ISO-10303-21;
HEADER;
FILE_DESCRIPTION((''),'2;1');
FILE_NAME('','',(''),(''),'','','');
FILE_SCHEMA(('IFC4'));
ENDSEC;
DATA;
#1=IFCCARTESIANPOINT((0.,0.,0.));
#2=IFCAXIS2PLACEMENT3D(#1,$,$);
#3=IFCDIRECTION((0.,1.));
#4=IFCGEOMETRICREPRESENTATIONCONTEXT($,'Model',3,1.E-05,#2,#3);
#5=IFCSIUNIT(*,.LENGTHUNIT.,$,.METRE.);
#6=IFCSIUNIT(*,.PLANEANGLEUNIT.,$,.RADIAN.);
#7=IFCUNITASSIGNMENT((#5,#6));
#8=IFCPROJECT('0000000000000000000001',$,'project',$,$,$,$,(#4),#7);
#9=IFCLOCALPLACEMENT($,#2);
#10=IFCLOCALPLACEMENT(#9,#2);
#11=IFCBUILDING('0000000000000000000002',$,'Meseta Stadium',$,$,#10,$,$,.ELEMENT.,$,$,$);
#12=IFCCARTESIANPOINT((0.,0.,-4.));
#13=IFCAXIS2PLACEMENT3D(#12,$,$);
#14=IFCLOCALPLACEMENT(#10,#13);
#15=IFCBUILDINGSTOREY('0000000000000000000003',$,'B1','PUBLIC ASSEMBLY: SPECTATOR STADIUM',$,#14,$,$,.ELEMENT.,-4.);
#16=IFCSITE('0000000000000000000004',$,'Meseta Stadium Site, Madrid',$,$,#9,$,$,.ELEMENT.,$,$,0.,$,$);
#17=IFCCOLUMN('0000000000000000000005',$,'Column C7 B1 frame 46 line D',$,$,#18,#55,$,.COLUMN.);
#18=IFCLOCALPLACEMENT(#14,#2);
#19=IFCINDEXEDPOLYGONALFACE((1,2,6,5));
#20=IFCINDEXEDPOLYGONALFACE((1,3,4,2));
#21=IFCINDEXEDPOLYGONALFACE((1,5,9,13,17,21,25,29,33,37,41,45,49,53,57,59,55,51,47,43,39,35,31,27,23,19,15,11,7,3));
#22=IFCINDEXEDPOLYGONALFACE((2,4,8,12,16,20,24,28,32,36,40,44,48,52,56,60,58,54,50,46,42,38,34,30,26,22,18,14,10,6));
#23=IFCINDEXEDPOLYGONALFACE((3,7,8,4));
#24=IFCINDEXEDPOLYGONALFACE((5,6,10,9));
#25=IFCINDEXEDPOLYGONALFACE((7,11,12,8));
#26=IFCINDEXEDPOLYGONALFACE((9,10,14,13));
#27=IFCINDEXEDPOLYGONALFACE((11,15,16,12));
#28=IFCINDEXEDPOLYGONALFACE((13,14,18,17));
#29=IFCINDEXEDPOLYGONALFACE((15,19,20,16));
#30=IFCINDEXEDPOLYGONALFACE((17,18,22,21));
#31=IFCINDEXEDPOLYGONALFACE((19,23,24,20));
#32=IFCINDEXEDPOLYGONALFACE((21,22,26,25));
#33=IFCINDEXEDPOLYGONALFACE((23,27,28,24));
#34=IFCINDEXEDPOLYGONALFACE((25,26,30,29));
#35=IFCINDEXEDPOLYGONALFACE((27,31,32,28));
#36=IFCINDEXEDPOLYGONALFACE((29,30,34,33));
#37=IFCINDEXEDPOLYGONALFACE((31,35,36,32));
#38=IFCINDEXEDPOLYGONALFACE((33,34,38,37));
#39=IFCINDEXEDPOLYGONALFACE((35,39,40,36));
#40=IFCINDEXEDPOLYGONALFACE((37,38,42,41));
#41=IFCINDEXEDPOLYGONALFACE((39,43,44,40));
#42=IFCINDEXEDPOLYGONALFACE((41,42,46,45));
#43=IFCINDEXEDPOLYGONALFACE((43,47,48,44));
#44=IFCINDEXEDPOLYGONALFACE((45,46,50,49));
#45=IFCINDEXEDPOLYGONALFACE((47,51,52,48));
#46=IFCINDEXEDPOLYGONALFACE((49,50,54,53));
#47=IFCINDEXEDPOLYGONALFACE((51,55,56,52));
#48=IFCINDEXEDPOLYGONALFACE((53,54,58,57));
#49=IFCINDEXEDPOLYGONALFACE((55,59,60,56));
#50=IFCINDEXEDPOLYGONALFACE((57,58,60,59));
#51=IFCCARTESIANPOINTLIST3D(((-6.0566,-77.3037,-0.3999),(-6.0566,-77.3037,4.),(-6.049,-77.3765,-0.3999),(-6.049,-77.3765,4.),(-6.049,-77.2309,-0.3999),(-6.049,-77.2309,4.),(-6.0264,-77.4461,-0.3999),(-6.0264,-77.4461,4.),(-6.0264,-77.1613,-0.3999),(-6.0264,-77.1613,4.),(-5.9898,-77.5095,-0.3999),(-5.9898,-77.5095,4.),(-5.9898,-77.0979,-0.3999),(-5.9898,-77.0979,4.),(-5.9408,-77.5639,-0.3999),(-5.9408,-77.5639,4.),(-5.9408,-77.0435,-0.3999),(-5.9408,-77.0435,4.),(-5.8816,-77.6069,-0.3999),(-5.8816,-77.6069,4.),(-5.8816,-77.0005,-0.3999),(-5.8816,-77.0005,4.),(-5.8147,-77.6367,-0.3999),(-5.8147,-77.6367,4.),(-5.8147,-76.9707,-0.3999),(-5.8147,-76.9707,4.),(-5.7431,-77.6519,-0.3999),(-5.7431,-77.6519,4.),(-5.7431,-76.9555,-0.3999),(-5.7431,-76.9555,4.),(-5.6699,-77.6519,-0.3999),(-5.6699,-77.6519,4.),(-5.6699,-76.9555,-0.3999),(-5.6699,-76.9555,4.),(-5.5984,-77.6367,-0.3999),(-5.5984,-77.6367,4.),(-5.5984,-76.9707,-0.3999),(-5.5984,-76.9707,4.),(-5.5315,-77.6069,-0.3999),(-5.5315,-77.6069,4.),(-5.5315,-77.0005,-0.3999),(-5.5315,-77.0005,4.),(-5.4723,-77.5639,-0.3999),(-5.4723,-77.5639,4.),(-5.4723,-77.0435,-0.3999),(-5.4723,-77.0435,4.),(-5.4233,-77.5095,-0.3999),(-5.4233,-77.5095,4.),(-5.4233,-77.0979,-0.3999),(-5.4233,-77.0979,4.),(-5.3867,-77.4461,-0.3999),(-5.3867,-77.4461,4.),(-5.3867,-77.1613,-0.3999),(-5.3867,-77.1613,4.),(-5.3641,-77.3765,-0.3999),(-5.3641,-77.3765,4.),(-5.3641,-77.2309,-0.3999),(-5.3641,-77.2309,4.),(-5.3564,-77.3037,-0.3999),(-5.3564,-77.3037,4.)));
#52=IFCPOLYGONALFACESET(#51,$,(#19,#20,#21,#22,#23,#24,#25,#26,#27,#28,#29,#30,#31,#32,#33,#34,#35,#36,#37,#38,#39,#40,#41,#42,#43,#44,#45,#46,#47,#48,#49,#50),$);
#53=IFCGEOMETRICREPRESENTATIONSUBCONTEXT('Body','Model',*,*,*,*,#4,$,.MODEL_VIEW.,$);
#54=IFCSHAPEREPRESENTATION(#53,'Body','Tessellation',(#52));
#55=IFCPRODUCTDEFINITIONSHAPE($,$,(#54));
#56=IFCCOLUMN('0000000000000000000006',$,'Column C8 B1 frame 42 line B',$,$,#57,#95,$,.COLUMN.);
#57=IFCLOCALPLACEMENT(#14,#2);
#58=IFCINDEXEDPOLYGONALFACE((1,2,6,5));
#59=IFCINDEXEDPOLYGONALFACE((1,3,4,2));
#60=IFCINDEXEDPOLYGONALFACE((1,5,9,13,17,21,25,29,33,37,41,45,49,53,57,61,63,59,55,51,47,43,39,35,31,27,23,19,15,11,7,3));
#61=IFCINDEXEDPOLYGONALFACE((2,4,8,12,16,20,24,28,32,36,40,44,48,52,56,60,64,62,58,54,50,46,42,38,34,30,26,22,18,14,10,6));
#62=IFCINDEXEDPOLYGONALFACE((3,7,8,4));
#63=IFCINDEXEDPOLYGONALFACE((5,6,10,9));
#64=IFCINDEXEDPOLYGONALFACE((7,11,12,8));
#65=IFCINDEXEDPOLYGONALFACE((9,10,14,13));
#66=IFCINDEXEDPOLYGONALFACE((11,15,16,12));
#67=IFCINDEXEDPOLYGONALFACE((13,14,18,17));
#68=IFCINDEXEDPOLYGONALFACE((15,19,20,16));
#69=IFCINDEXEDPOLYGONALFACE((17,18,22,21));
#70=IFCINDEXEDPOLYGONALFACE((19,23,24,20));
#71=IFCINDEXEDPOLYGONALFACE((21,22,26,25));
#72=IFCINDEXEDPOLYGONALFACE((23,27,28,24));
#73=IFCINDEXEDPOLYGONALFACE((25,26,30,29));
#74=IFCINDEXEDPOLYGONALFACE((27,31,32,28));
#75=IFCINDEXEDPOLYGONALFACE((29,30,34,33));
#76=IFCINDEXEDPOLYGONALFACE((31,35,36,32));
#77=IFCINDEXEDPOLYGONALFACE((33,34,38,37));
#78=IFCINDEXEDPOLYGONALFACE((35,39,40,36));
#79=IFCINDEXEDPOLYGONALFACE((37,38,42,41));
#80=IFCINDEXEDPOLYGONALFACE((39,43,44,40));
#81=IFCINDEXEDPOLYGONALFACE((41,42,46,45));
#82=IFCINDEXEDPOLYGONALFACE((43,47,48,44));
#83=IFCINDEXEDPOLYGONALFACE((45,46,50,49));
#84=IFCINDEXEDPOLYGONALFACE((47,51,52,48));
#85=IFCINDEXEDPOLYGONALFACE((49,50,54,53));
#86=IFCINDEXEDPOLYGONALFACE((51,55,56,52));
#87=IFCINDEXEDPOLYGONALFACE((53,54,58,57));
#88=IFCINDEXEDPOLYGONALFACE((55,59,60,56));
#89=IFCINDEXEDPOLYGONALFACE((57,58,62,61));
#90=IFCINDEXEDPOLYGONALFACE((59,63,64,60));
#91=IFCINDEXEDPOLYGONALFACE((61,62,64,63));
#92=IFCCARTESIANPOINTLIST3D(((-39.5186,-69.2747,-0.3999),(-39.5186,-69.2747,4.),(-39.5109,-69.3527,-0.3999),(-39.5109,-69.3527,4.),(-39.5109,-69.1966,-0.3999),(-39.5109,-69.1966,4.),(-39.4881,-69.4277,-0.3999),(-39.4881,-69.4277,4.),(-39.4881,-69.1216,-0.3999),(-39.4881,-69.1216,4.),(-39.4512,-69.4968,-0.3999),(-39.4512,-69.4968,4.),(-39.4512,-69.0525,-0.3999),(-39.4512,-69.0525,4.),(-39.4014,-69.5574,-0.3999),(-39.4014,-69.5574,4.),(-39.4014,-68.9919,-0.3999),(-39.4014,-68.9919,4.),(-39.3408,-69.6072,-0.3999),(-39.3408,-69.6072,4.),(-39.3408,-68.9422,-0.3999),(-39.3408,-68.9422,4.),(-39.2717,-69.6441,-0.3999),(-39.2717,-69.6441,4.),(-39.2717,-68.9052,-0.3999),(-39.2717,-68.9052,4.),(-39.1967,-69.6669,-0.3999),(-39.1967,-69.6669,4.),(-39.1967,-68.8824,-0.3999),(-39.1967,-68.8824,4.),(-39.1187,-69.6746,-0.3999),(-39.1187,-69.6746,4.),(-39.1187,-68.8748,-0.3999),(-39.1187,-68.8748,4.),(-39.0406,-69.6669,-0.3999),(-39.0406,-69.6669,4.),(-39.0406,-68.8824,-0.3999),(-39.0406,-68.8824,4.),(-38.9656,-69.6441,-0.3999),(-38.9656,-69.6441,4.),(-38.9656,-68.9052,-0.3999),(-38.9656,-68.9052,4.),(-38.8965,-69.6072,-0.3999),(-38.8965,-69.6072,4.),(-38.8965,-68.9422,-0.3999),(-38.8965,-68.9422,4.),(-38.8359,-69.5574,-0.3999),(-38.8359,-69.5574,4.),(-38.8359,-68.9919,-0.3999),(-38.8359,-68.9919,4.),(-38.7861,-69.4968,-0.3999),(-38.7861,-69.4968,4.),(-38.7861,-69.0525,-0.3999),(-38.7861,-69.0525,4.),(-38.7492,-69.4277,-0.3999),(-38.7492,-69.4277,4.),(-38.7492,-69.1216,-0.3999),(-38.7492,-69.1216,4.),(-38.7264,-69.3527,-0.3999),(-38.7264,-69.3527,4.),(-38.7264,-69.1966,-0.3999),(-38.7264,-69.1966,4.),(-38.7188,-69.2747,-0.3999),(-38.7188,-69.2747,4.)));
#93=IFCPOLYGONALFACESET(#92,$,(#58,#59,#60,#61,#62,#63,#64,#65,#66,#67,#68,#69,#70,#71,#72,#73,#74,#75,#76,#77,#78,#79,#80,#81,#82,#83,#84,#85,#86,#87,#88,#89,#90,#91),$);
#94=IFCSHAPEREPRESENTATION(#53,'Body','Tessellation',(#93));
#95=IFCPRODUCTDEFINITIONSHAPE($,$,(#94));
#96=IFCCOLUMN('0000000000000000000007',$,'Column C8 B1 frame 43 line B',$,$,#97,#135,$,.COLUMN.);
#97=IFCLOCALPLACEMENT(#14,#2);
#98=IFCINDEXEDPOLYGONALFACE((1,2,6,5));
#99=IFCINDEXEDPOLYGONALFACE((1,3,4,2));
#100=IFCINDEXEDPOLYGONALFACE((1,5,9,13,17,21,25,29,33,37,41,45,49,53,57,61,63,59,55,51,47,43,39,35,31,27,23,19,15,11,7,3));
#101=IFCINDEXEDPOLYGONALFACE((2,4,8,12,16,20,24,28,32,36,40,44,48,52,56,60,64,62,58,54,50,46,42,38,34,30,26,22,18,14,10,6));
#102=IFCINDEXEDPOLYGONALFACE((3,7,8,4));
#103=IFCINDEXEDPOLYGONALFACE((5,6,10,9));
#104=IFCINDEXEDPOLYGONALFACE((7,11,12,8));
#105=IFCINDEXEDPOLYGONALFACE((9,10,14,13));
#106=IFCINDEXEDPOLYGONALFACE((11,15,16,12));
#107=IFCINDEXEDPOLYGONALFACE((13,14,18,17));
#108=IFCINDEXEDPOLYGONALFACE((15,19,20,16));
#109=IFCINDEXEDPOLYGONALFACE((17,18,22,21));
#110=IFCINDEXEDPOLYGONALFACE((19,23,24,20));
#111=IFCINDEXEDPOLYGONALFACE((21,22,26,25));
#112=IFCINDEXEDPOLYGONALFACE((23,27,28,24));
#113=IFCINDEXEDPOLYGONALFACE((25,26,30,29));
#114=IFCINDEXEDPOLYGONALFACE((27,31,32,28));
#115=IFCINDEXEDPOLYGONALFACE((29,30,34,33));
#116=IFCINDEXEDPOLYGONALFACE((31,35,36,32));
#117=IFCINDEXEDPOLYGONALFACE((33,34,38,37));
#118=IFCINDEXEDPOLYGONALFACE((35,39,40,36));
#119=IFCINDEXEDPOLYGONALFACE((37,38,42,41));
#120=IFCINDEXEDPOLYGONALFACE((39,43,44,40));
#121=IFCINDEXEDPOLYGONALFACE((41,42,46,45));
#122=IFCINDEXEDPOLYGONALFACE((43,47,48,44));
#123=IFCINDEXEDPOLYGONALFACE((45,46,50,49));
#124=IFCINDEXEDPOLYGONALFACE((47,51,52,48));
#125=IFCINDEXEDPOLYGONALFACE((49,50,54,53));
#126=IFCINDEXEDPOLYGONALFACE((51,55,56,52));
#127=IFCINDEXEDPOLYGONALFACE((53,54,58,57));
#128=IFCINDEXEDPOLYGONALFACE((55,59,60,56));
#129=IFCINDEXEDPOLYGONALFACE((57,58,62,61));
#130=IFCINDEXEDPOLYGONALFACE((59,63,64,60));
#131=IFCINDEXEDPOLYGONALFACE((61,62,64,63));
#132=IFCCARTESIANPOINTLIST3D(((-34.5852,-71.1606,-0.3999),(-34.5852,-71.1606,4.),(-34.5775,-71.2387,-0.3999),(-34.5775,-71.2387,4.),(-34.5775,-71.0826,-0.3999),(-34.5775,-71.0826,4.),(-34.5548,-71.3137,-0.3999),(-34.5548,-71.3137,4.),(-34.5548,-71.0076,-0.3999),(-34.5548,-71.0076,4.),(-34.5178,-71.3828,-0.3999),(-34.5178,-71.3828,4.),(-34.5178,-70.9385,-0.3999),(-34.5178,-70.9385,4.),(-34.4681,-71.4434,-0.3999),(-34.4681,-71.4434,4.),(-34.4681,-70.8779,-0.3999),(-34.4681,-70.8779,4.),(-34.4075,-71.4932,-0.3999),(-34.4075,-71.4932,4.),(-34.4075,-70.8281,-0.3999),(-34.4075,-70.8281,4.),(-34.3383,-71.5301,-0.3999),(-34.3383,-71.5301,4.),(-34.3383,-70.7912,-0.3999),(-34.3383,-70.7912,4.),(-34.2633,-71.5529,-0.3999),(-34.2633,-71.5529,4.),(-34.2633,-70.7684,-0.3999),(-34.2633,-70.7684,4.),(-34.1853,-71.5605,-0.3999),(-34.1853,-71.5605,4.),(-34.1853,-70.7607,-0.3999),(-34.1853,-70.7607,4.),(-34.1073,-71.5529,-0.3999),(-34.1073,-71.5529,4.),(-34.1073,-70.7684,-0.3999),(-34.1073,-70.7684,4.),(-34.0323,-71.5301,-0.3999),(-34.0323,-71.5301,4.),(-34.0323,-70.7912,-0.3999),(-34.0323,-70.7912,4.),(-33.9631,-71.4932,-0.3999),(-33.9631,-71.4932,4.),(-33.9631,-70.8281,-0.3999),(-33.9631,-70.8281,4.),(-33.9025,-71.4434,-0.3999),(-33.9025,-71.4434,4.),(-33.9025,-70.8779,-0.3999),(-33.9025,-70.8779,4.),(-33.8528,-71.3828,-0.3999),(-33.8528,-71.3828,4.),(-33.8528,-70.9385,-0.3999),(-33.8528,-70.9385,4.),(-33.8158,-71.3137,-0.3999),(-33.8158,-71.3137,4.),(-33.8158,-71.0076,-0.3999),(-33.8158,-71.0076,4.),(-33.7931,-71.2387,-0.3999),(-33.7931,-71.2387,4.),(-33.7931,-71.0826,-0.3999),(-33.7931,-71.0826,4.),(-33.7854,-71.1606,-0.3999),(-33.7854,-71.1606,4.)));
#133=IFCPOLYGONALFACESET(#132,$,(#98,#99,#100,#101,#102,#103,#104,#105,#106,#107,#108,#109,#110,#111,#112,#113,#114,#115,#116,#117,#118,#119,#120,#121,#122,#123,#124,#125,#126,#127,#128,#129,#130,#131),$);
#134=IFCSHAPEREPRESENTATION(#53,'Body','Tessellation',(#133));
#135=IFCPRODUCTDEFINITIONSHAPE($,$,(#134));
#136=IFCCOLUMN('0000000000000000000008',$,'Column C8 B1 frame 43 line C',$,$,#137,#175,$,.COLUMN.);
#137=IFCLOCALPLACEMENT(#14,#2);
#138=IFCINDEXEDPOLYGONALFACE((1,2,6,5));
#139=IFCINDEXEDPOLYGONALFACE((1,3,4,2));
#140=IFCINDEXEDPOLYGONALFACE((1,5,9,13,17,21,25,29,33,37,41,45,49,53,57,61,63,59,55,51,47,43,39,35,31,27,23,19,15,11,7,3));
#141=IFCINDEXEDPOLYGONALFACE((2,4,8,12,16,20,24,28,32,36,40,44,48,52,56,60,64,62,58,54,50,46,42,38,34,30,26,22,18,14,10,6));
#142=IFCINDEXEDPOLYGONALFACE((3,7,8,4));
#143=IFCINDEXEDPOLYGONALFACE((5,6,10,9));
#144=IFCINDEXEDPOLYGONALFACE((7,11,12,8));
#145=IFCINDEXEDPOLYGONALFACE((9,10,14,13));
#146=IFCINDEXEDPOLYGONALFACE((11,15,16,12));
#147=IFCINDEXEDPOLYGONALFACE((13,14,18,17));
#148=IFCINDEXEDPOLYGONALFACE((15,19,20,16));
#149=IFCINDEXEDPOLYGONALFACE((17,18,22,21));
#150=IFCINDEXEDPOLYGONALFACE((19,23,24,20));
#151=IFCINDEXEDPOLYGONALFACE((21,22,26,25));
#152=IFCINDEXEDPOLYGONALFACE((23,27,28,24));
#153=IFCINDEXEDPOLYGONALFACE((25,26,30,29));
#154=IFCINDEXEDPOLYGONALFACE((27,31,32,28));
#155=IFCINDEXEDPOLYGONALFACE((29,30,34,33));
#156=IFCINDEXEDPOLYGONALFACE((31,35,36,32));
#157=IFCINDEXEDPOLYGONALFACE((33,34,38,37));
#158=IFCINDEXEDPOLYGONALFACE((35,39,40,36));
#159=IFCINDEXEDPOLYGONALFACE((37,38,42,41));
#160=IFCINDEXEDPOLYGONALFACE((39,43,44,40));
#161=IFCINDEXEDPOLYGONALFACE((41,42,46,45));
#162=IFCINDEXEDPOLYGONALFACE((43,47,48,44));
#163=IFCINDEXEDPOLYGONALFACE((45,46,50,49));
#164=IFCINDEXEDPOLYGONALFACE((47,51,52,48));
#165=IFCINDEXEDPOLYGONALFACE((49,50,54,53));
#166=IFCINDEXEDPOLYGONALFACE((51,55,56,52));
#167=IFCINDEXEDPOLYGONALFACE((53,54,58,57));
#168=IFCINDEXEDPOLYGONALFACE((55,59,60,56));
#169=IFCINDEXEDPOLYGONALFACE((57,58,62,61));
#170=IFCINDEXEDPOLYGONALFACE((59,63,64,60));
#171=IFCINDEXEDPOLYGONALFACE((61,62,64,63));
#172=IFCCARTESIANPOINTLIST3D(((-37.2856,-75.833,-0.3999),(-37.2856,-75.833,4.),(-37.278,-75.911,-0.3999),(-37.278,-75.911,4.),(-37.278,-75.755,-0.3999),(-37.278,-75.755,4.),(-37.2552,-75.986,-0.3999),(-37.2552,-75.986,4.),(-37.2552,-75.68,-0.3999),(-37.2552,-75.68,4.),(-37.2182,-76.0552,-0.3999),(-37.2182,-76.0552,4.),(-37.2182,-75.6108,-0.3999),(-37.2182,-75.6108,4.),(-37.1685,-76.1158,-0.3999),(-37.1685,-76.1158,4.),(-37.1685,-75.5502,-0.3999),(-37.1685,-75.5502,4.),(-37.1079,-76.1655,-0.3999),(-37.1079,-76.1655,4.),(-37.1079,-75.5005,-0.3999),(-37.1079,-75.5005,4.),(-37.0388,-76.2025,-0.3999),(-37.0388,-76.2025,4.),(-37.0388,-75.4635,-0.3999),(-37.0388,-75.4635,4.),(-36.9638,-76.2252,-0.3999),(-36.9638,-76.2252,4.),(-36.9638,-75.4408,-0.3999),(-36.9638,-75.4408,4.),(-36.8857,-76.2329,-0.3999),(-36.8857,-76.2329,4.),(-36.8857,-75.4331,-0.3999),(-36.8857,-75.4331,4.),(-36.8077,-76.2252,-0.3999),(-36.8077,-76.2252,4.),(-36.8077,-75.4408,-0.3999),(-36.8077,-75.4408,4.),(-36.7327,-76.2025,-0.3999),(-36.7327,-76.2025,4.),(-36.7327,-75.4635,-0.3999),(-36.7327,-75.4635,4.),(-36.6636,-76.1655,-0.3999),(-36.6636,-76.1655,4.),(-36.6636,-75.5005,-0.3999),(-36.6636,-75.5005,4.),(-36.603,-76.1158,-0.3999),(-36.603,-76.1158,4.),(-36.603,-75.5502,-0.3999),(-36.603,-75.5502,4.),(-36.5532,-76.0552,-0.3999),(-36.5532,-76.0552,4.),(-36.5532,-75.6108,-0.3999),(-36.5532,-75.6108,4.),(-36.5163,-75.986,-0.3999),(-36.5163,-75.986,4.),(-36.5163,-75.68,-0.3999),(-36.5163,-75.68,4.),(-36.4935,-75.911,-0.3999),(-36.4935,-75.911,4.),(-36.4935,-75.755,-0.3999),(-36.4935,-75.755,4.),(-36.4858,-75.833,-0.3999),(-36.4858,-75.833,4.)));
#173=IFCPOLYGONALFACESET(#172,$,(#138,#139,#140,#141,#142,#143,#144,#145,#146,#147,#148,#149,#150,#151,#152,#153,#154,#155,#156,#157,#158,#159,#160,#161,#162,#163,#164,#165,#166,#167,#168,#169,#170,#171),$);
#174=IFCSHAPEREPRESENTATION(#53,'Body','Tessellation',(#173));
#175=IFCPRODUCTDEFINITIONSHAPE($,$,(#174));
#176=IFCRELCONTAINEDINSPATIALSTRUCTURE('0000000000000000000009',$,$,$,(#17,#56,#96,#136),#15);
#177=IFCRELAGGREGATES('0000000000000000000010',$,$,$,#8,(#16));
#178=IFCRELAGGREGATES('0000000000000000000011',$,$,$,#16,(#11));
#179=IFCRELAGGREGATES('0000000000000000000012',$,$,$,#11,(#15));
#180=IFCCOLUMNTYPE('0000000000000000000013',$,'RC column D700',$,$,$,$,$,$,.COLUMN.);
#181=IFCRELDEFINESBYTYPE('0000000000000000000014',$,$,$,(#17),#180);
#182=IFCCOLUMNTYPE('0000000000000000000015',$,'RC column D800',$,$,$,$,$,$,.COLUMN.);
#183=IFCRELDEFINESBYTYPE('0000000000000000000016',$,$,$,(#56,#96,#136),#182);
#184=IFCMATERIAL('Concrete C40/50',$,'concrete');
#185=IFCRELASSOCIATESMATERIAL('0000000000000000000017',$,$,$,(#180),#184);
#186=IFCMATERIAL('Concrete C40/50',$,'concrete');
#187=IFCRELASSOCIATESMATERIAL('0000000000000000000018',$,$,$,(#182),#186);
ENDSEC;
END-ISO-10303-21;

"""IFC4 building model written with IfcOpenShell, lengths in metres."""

from ifc_helpers import new_model, si_unit, direction, frame, origin, origin_2d, place, context, subcontext, project, spatial, circle, extrude, material, material_profile, profile_set, type_object, element, save


model = new_model("IFC4")

# Units and contexts
model_context = context("Model", 3, precision=1e-05, world=origin(), true_north=direction((0.0, 1.0)))
body_context = subcontext(model_context, "Body", "Model", "MODEL_VIEW")
ifc_project = project(units=[si_unit("LENGTHUNIT", "METRE"), si_unit("PLANEANGLEUNIT", "RADIAN")], contexts=[model_context])

# Site, building, storey
site_placement = place(None, origin())
site = spatial("IfcSite", under=ifc_project, at=site_placement, Name="Meseta Stadium Site, Madrid", CompositionType="ELEMENT", RefElevation=0.0)
building_placement = place(site_placement, origin())
building = spatial("IfcBuilding", under=site, at=building_placement, Name="Meseta Stadium", CompositionType="ELEMENT")
storey_placement = place(building_placement, frame((0.0, 0.0, -4.0)))
storey = spatial("IfcBuildingStorey", under=building, at=storey_placement, Name="B1", Description="PUBLIC ASSEMBLY: SPECTATOR STADIUM", CompositionType="ELEMENT", Elevation=-4.0)

# Columns
ifc_material_1 = material(Name="Concrete C40/50", Category="concrete")
ifc_material_profile_1 = material_profile(ifc_material_1, circle(Radius=0.3501, at=origin_2d()), Name="RC D700")
ifc_profile_set_1 = profile_set([ifc_material_profile_1], Name="Concrete C40/50")
column_type_1 = type_object("IfcColumnType", Name="RC column D700", PredefinedType="COLUMN", material=ifc_profile_set_1)
column_1_placement = place(storey_placement, frame((-5.7065, -77.3037, -0.3999), z_axis=(0.0, 0.0, 1.0), x_axis=(1.0, 0.0, 0.0)))
element("IfcColumn", 1, at=column_1_placement, inside=storey, type_object=column_type_1, Name="Column C7 B1 frame 46 line D", PredefinedType="COLUMN", context=body_context, shape_type="SweptSolid", body=[
    extrude(circle(Radius=0.3501, at=origin_2d()), origin(), (0.0, 0.0, 1.0), 4.3999),
])
ifc_material_2 = material(Name="Concrete C40/50", Category="concrete")
ifc_material_profile_2 = material_profile(ifc_material_2, circle(Radius=0.3999, at=origin_2d()), Name="RC D800")
ifc_profile_set_2 = profile_set([ifc_material_profile_2], Name="Concrete C40/50")
column_type_2 = type_object("IfcColumnType", Name="RC column D800", PredefinedType="COLUMN", material=ifc_profile_set_2)
for number, where, z_axis, x_axis, name in (
    (2, (-39.1187, -69.2747, -0.3999), (0.0, 0.0, 1.0), (1.0, 0.0, 0.0), "Column C8 B1 frame 42 line B"),
    (3, (-34.1853, -71.1606, -0.3999), (0.0, 0.0, 1.0), (1.0, 0.0, 0.0), "Column C8 B1 frame 43 line B"),
    (4, (-36.8857, -75.833, -0.3999), (0.0, 0.0, 1.0), (1.0, 0.0, 0.0), "Column C8 B1 frame 43 line C"),
):
    element("IfcColumn", number, at=place(storey_placement, frame(where, z_axis=z_axis, x_axis=x_axis)), inside=storey, type_object=column_type_2, Name=name, PredefinedType="COLUMN", context=body_context, shape_type="SweptSolid", body=[
        extrude(circle(Radius=0.3999, at=origin_2d()), origin(), (0.0, 0.0, 1.0), 4.3999),
    ])

save(model, "model.ifc")
